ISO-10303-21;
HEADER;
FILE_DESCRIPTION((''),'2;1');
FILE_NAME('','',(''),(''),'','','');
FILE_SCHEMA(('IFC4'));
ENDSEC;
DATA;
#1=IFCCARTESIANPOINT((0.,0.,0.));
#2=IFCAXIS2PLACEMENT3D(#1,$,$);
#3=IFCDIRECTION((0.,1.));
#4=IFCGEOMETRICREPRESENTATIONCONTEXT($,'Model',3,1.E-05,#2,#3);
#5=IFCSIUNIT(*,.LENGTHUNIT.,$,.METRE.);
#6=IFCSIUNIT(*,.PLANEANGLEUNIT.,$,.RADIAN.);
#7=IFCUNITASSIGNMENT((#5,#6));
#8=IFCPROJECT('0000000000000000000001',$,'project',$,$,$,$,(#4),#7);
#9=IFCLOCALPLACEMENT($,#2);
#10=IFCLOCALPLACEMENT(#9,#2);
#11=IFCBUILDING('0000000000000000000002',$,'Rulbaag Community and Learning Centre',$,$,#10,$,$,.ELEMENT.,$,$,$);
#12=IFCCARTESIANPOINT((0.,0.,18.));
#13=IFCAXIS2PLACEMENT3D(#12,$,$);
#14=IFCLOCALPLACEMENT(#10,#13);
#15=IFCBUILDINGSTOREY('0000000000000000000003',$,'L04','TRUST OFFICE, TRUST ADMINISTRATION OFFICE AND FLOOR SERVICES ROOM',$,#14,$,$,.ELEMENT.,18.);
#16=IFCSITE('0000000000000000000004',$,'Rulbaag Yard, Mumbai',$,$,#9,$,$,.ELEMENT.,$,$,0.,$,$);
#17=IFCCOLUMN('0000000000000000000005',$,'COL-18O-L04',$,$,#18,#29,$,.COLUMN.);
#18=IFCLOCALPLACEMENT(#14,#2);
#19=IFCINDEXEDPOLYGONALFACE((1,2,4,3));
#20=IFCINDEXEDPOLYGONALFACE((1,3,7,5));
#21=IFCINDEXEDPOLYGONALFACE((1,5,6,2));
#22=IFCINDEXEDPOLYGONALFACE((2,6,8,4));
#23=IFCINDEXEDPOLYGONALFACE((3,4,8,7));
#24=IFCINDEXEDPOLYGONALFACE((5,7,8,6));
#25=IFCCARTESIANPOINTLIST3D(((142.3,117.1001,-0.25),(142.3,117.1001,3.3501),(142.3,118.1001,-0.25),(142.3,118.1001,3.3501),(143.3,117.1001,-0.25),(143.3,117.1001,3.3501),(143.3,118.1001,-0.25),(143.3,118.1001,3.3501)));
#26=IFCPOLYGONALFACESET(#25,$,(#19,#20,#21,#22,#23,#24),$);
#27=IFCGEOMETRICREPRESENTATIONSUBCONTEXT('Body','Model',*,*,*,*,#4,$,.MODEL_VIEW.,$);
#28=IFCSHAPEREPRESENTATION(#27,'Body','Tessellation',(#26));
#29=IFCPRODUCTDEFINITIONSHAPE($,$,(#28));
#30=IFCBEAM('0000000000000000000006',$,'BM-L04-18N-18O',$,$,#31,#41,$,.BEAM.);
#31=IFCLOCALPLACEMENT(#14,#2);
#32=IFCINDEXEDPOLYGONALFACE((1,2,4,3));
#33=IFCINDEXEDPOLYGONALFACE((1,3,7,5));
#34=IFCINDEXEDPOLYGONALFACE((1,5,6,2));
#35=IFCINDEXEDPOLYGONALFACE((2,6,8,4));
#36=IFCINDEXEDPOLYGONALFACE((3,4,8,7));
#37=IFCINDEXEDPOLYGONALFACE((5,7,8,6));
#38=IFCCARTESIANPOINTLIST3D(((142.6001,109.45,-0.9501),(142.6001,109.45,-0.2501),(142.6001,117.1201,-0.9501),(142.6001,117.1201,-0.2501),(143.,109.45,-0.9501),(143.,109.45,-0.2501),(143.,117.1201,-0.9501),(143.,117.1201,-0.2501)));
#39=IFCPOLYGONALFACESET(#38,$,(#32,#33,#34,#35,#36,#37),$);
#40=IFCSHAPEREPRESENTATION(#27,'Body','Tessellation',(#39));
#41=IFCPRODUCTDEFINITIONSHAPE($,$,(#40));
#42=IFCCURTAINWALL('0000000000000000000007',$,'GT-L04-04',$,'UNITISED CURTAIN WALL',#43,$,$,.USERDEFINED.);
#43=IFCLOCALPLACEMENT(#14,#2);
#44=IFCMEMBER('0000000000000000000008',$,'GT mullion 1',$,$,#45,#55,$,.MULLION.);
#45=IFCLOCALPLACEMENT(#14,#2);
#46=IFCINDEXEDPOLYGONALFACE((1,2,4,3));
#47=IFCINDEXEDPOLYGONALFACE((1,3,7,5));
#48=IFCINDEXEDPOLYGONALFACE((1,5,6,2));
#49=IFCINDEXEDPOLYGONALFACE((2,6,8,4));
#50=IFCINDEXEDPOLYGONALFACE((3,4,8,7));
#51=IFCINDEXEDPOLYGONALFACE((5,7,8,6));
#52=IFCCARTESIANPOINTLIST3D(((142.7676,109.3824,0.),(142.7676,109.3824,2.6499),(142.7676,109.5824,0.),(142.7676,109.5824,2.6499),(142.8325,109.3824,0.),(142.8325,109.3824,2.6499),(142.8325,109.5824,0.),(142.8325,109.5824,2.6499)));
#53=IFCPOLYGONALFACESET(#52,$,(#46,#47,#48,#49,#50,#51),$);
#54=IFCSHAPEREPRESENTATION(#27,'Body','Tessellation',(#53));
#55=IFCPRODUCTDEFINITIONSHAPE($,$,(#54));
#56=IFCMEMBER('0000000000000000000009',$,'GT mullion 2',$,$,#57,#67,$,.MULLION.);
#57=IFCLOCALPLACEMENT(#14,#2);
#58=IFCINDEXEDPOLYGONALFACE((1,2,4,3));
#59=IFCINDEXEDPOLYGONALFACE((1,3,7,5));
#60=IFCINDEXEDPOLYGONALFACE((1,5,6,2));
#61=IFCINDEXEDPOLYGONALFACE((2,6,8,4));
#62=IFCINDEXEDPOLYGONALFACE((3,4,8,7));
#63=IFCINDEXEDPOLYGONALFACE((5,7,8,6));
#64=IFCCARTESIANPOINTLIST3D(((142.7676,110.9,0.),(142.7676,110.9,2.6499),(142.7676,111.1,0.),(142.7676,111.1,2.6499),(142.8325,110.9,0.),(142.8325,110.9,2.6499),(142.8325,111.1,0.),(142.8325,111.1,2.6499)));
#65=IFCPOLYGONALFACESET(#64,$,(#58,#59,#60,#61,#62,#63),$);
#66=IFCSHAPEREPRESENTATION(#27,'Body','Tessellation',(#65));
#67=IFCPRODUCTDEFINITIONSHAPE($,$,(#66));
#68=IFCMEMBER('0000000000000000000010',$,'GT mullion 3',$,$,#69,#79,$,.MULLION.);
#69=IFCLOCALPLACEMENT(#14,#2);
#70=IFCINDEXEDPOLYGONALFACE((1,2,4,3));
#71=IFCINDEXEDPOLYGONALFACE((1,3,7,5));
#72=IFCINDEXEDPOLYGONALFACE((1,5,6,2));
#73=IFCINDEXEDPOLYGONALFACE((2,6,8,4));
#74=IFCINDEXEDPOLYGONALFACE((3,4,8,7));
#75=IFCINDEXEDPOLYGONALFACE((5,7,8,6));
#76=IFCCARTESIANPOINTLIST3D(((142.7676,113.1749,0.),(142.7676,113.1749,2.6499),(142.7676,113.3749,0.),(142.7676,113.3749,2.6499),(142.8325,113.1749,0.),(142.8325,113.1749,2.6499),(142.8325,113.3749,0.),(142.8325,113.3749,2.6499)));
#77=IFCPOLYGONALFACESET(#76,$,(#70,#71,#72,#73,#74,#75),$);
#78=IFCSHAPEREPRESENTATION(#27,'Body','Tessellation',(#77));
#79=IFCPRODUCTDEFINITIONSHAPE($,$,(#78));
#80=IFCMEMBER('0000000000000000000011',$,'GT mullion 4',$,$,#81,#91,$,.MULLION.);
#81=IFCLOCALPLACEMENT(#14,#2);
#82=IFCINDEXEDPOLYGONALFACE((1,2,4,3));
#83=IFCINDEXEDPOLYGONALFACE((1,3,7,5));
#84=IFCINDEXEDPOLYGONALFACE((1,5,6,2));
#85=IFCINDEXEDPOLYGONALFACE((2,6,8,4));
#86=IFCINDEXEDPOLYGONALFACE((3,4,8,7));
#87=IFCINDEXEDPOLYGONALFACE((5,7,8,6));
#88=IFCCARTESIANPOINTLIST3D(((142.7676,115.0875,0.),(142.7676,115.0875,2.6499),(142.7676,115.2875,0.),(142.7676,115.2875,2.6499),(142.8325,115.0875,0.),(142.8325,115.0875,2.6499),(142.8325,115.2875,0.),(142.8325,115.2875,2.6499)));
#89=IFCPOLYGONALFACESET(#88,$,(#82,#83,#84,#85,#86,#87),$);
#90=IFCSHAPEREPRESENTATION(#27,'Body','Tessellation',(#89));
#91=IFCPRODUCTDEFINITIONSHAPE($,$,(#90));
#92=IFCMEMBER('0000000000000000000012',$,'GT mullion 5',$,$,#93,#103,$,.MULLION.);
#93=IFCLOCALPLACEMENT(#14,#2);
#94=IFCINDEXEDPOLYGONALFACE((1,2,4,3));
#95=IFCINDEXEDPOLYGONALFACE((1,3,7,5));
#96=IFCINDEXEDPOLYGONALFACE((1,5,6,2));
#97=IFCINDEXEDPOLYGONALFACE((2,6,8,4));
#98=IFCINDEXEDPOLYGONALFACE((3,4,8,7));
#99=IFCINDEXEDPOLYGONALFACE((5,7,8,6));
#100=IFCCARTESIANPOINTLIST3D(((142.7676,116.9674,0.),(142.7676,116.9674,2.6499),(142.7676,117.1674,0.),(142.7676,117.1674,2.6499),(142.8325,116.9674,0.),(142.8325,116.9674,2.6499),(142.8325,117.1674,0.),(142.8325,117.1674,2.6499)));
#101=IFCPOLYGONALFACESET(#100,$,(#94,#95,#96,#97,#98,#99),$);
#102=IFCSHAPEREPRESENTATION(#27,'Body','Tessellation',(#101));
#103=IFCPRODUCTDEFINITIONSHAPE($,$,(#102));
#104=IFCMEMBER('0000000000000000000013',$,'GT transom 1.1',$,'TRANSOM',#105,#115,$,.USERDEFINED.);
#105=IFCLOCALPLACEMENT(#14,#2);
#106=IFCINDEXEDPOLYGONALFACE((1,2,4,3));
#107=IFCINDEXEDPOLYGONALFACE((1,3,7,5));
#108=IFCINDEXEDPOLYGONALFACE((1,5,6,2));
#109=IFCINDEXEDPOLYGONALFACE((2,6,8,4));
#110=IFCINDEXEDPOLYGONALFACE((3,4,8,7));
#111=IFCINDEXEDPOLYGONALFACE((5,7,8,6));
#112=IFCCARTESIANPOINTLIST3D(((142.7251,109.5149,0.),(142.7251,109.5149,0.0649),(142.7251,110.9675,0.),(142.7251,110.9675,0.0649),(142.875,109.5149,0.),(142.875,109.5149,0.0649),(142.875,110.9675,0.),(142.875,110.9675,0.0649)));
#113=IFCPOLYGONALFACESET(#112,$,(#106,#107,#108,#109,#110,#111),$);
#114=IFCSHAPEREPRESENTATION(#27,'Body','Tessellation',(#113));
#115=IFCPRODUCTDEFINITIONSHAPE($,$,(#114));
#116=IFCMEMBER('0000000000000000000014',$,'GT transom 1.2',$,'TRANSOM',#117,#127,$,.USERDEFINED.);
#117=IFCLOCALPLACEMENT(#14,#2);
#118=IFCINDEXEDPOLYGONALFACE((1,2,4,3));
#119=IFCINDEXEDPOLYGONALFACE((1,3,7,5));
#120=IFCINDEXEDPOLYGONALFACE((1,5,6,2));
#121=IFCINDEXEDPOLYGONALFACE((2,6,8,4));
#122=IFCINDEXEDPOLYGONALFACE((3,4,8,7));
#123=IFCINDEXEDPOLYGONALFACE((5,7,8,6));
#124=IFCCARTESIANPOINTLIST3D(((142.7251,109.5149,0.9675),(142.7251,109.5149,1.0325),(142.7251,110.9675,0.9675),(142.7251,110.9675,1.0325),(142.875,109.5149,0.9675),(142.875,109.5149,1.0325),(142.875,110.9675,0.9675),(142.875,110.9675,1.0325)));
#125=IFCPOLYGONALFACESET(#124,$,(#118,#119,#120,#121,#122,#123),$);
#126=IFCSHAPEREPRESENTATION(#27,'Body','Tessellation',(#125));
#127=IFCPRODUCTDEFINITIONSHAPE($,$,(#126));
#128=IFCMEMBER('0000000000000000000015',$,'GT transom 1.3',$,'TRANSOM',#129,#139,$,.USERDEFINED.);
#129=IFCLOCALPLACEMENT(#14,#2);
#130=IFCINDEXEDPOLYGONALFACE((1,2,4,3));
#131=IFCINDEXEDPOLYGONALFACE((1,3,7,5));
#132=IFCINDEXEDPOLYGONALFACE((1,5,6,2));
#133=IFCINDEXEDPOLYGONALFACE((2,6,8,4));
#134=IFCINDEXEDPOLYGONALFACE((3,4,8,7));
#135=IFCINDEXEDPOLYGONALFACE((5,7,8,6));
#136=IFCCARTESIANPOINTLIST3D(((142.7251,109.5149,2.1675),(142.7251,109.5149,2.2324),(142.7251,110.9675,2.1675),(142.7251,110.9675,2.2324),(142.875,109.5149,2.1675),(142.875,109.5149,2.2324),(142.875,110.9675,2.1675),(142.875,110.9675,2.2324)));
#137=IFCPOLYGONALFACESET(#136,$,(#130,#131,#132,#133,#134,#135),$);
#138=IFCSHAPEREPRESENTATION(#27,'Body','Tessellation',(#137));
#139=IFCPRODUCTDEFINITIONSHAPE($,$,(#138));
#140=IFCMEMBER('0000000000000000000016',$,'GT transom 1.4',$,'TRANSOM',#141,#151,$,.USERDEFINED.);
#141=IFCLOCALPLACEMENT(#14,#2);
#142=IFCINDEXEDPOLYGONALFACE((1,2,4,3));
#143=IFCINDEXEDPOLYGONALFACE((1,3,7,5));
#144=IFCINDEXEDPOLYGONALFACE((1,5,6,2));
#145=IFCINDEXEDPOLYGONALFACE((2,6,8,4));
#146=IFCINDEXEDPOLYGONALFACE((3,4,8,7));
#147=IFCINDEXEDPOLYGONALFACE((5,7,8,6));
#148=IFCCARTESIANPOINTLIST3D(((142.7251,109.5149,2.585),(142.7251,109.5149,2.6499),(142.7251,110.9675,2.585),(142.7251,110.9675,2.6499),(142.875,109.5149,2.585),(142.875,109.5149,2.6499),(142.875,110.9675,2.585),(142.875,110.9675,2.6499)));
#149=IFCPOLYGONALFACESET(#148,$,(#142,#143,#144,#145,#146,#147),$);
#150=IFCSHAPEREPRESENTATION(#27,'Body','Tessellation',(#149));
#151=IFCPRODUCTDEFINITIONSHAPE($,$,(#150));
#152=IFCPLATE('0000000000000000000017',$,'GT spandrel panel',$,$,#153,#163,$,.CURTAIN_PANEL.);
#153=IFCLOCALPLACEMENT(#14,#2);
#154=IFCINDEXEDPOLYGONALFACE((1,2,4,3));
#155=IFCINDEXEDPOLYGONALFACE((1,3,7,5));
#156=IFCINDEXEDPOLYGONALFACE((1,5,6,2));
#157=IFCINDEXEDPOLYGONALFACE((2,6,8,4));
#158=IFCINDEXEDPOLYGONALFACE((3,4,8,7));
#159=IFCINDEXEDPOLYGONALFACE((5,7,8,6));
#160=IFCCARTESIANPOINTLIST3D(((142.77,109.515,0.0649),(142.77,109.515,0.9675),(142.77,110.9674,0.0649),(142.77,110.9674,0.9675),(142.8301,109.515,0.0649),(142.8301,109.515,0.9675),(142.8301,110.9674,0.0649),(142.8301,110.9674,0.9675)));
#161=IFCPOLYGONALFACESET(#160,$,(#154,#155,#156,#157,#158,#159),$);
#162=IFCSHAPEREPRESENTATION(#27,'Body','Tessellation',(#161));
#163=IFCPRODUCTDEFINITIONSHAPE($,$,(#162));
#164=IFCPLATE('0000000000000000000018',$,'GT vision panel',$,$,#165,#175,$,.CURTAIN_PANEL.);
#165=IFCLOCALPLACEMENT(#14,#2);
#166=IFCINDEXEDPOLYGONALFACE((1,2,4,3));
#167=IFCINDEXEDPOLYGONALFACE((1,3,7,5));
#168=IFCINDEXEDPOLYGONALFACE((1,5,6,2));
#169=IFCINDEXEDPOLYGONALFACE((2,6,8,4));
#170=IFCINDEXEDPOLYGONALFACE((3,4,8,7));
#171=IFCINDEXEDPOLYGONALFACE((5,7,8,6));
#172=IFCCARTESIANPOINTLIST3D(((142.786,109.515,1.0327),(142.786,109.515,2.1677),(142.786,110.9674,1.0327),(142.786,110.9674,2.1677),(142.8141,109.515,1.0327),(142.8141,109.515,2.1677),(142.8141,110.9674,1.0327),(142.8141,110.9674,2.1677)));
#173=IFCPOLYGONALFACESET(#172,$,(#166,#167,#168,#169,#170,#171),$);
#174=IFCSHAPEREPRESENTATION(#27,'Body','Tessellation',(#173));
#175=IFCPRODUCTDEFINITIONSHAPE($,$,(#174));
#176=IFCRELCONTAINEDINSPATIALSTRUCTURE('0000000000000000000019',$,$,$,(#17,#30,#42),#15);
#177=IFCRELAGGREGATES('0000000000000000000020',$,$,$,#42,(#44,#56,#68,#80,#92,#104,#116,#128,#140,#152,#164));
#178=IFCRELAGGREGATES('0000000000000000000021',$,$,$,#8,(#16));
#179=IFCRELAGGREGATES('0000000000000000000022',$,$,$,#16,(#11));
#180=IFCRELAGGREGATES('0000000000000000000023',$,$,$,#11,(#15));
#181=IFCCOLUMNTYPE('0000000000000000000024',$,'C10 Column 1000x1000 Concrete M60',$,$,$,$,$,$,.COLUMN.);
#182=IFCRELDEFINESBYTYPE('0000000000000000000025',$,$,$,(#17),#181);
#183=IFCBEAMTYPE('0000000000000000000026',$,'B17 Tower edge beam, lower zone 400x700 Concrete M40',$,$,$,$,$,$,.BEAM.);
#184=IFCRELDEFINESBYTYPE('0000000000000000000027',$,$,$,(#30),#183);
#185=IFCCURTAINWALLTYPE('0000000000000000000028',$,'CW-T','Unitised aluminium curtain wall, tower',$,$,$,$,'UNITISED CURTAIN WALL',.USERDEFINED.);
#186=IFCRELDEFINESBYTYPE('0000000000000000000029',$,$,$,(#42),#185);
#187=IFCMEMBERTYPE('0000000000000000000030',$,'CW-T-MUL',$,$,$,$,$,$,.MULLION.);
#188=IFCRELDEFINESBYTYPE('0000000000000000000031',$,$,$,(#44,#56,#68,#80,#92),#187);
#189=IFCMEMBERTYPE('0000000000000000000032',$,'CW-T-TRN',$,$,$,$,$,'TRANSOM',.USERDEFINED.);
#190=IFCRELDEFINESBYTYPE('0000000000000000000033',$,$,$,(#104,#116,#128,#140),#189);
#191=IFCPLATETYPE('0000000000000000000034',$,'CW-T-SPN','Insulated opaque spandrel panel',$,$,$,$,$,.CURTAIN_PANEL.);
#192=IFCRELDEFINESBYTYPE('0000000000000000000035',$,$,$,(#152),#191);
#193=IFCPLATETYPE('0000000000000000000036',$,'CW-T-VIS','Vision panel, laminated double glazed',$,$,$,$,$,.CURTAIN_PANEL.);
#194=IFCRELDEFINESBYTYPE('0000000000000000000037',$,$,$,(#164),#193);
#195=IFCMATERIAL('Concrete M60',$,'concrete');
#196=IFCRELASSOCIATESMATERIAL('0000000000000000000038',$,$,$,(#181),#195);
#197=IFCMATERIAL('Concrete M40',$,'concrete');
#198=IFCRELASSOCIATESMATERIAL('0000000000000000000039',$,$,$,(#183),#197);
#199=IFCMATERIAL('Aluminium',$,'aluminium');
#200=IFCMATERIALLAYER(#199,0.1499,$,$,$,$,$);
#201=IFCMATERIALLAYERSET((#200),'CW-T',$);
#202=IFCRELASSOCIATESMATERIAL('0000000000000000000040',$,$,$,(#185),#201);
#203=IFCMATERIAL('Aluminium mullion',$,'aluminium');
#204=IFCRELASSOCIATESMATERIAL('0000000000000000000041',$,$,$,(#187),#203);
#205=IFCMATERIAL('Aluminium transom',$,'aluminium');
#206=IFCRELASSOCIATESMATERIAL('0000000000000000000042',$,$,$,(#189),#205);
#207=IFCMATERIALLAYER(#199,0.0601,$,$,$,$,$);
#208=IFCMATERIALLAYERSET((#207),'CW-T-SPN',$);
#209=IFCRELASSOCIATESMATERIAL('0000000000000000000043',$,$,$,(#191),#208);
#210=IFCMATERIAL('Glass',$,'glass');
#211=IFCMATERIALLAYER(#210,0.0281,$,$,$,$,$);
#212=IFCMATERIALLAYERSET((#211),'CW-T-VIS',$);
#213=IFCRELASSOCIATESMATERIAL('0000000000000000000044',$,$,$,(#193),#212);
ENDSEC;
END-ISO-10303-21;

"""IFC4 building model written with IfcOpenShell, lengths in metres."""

from ifc_helpers import new_model, si_unit, direction, frame, origin, origin_2d, place, context, subcontext, project, spatial, rectangle, extrude, material, layer, layer_set, material_profile, profile_set, type_object, element, aggregate, save


model = new_model("IFC4")

# Units and contexts
model_context = context("Model", 3, precision=1e-05, world=origin(), true_north=direction((0.0, 1.0)))
body_context = subcontext(model_context, "Body", "Model", "MODEL_VIEW")
ifc_project = project(units=[si_unit("LENGTHUNIT", "METRE"), si_unit("PLANEANGLEUNIT", "RADIAN")], contexts=[model_context])

# Site, building, storey
site_placement = place(None, origin())
site = spatial("IfcSite", under=ifc_project, at=site_placement, Name="Rulbaag Yard, Mumbai", CompositionType="ELEMENT", RefElevation=0.0)
building_placement = place(site_placement, origin())
building = spatial("IfcBuilding", under=site, at=building_placement, Name="Rulbaag Community and Learning Centre", CompositionType="ELEMENT")
storey_placement = place(building_placement, frame((0.0, 0.0, 18.0)))
storey = spatial("IfcBuildingStorey", under=building, at=storey_placement, Name="L04", Description="TRUST OFFICE, TRUST ADMINISTRATION OFFICE AND FLOOR SERVICES ROOM", CompositionType="ELEMENT", Elevation=18.0)

# Column
ifc_material_1 = material(Name="Concrete M60", Category="concrete")
ifc_material_profile_1 = material_profile(ifc_material_1, rectangle(XDim=1.0, YDim=1.0, at=origin_2d()), Name="RC1000x1000")
ifc_profile_set_1 = profile_set([ifc_material_profile_1], Name="Concrete M60")
column_type = type_object("IfcColumnType", Name="C10 Column 1000x1000 Concrete M60", PredefinedType="COLUMN", material=ifc_profile_set_1)
column_placement = place(storey_placement, frame((142.8, 117.6001, -0.25), z_axis=(0.0, 0.0, 1.0), x_axis=(1.0, 0.0, 0.0)))
element("IfcColumn", 1, at=column_placement, inside=storey, type_object=column_type, Name="COL-18O-L04", PredefinedType="COLUMN", context=body_context, shape_type="SweptSolid", body=[
    extrude(rectangle(XDim=1.0, YDim=1.0, at=origin_2d()), origin(), (0.0, 0.0, 1.0), 3.6001),
])

# Beam
ifc_material_2 = material(Name="Concrete M40", Category="concrete")
ifc_material_profile_2 = material_profile(ifc_material_2, rectangle(XDim=0.3999, YDim=0.7, at=origin_2d()), Name="RB400x700")
ifc_profile_set_2 = profile_set([ifc_material_profile_2], Name="Concrete M40")
beam_type = type_object("IfcBeamType", Name="B17 Tower edge beam, lower zone 400x700 Concrete M40", PredefinedType="BEAM", material=ifc_profile_set_2)
beam_placement = place(storey_placement, frame((142.8, 109.45, -0.6001), z_axis=(0.0, 1.0, 0.0), x_axis=(-1.0, 0.0, 0.0)))
element("IfcBeam", 2, at=beam_placement, inside=storey, type_object=beam_type, Name="BM-L04-18N-18O", PredefinedType="BEAM", context=body_context, shape_type="SweptSolid", body=[
    extrude(rectangle(XDim=0.3999, YDim=0.7, at=origin_2d()), origin(), (0.0, 0.0, 1.0), 7.6702),
])

# Curtain wall, members, plates
ifc_material_3 = material(Name="Aluminium", Category="aluminium")
ifc_layer_1 = layer(ifc_material_3, 0.1499)
ifc_layer_set_1 = layer_set([ifc_layer_1], Name="CW-T")
curtain_wall_type = type_object("IfcCurtainWallType", Name="CW-T", Description="Unitised aluminium curtain wall, tower", ElementType="UNITISED CURTAIN WALL", PredefinedType="USERDEFINED", material=ifc_layer_set_1)
curtain_wall_placement = place(storey_placement, origin())
curtain_wall = element("IfcCurtainWall", 3, at=curtain_wall_placement, inside=storey, type_object=curtain_wall_type, Name="GT-L04-04", ObjectType="UNITISED CURTAIN WALL", PredefinedType="USERDEFINED")
ifc_material_4 = material(Name="Aluminium mullion", Category="aluminium")
ifc_material_profile_3 = material_profile(ifc_material_4, rectangle(XDim=0.0649, YDim=0.2, at=origin_2d()), Name="AL 65x200")
ifc_profile_set_3 = profile_set([ifc_material_profile_3], Name="Aluminium mullion")
member_type_1 = type_object("IfcMemberType", Name="CW-T-MUL", PredefinedType="MULLION", material=ifc_profile_set_3)
member_1_placement = place(storey_placement, frame((142.8, 109.4824, 0.0), z_axis=(0.0, 0.0, 1.0), x_axis=(-1.0, 0.0, 0.0)))
member_1 = element("IfcMember", 4, at=member_1_placement, type_object=member_type_1, Name="GT mullion 1", PredefinedType="MULLION", context=body_context, shape_type="SweptSolid", body=[
    extrude(rectangle(XDim=0.0649, YDim=0.2, at=origin_2d()), origin(), (0.0, 0.0, 1.0), 2.6499),
])
member_2_placement = place(storey_placement, frame((142.8, 111.0, 0.0), z_axis=(0.0, 0.0, 1.0), x_axis=(-1.0, 0.0, 0.0)))
member_2 = element("IfcMember", 5, at=member_2_placement, type_object=member_type_1, Name="GT mullion 2", PredefinedType="MULLION", context=body_context, shape_type="SweptSolid", body=[
    extrude(rectangle(XDim=0.0649, YDim=0.2, at=origin_2d()), origin(), (0.0, 0.0, 1.0), 2.6499),
])
member_3_placement = place(storey_placement, frame((142.8, 113.2749, 0.0), z_axis=(0.0, 0.0, 1.0), x_axis=(-1.0, 0.0, 0.0)))
member_3 = element("IfcMember", 6, at=member_3_placement, type_object=member_type_1, Name="GT mullion 3", PredefinedType="MULLION", context=body_context, shape_type="SweptSolid", body=[
    extrude(rectangle(XDim=0.0649, YDim=0.2, at=origin_2d()), origin(), (0.0, 0.0, 1.0), 2.6499),
])
member_4_placement = place(storey_placement, frame((142.8, 115.1875, 0.0), z_axis=(0.0, 0.0, 1.0), x_axis=(-1.0, 0.0, 0.0)))
member_4 = element("IfcMember", 7, at=member_4_placement, type_object=member_type_1, Name="GT mullion 4", PredefinedType="MULLION", context=body_context, shape_type="SweptSolid", body=[
    extrude(rectangle(XDim=0.0649, YDim=0.2, at=origin_2d()), origin(), (0.0, 0.0, 1.0), 2.6499),
])
member_5_placement = place(storey_placement, frame((142.8, 117.0674, 0.0), z_axis=(0.0, 0.0, 1.0), x_axis=(-1.0, 0.0, 0.0)))
member_5 = element("IfcMember", 8, at=member_5_placement, type_object=member_type_1, Name="GT mullion 5", PredefinedType="MULLION", context=body_context, shape_type="SweptSolid", body=[
    extrude(rectangle(XDim=0.0649, YDim=0.2, at=origin_2d()), origin(), (0.0, 0.0, 1.0), 2.6499),
])
ifc_material_5 = material(Name="Aluminium transom", Category="aluminium")
ifc_material_profile_4 = material_profile(ifc_material_5, rectangle(XDim=0.1499, YDim=0.0649, at=origin_2d()), Name="AL 65x150 T")
ifc_profile_set_4 = profile_set([ifc_material_profile_4], Name="Aluminium transom")
member_type_2 = type_object("IfcMemberType", Name="CW-T-TRN", ElementType="TRANSOM", PredefinedType="USERDEFINED", material=ifc_profile_set_4)
member_6_placement = place(storey_placement, frame((142.8, 109.5149, 0.0325), z_axis=(0.0, 1.0, 0.0), x_axis=(-1.0, 0.0, 0.0)))
member_6 = element("IfcMember", 9, at=member_6_placement, type_object=member_type_2, Name="GT transom 1.1", ObjectType="TRANSOM", PredefinedType="USERDEFINED", context=body_context, shape_type="SweptSolid", body=[
    extrude(rectangle(XDim=0.1499, YDim=0.0649, at=origin_2d()), origin(), (0.0, 0.0, 1.0), 1.4526),
])
member_7_placement = place(storey_placement, frame((142.8, 109.5149, 1.0), z_axis=(0.0, 1.0, 0.0), x_axis=(-1.0, 0.0, 0.0)))
member_7 = element("IfcMember", 10, at=member_7_placement, type_object=member_type_2, Name="GT transom 1.2", ObjectType="TRANSOM", PredefinedType="USERDEFINED", context=body_context, shape_type="SweptSolid", body=[
    extrude(rectangle(XDim=0.1499, YDim=0.0649, at=origin_2d()), origin(), (0.0, 0.0, 1.0), 1.4526),
])
member_8_placement = place(storey_placement, frame((142.8, 109.5149, 2.2), z_axis=(0.0, 1.0, 0.0), x_axis=(-1.0, 0.0, 0.0)))
member_8 = element("IfcMember", 11, at=member_8_placement, type_object=member_type_2, Name="GT transom 1.3", ObjectType="TRANSOM", PredefinedType="USERDEFINED", context=body_context, shape_type="SweptSolid", body=[
    extrude(rectangle(XDim=0.1499, YDim=0.0649, at=origin_2d()), origin(), (0.0, 0.0, 1.0), 1.4526),
])
member_9_placement = place(storey_placement, frame((142.8, 109.5149, 2.6174), z_axis=(0.0, 1.0, 0.0), x_axis=(-1.0, 0.0, 0.0)))
member_9 = element("IfcMember", 12, at=member_9_placement, type_object=member_type_2, Name="GT transom 1.4", ObjectType="TRANSOM", PredefinedType="USERDEFINED", context=body_context, shape_type="SweptSolid", body=[
    extrude(rectangle(XDim=0.1499, YDim=0.0649, at=origin_2d()), origin(), (0.0, 0.0, 1.0), 1.4526),
])
ifc_layer_2 = layer(ifc_material_3, 0.0601)
ifc_layer_set_2 = layer_set([ifc_layer_2], Name="CW-T-SPN")
plate_type_1 = type_object("IfcPlateType", Name="CW-T-SPN", Description="Insulated opaque spandrel panel", PredefinedType="CURTAIN_PANEL", material=ifc_layer_set_2)
plate_1_placement = place(storey_placement, frame((142.8, 110.2412, 0.0649), z_axis=(0.0, 0.0, 1.0), x_axis=(0.0, 1.0, 0.0)))
plate_1 = element("IfcPlate", 13, at=plate_1_placement, type_object=plate_type_1, Name="GT spandrel panel", PredefinedType="CURTAIN_PANEL", context=body_context, shape_type="SweptSolid", body=[
    extrude(rectangle(XDim=1.4524, YDim=0.0601, at=origin_2d()), origin(), (0.0, 0.0, 1.0), 0.9026),
])
ifc_material_6 = material(Name="Glass", Category="glass")
ifc_layer_3 = layer(ifc_material_6, 0.0281)
ifc_layer_set_3 = layer_set([ifc_layer_3], Name="CW-T-VIS")
plate_type_2 = type_object("IfcPlateType", Name="CW-T-VIS", Description="Vision panel, laminated double glazed", PredefinedType="CURTAIN_PANEL", material=ifc_layer_set_3)
plate_2_placement = place(storey_placement, frame((142.8, 110.2412, 1.0327), z_axis=(0.0, 0.0, 1.0), x_axis=(0.0, 1.0, 0.0)))
plate_2 = element("IfcPlate", 14, at=plate_2_placement, type_object=plate_type_2, Name="GT vision panel", PredefinedType="CURTAIN_PANEL", context=body_context, shape_type="SweptSolid", body=[
    extrude(rectangle(XDim=1.4524, YDim=0.0281, at=origin_2d()), origin(), (0.0, 0.0, 1.0), 1.135),
])
aggregate(curtain_wall, [member_1, member_2, member_3, member_4, member_5, member_6, member_7, member_8, member_9, plate_1, plate_2])

save(model, "model.ifc")
